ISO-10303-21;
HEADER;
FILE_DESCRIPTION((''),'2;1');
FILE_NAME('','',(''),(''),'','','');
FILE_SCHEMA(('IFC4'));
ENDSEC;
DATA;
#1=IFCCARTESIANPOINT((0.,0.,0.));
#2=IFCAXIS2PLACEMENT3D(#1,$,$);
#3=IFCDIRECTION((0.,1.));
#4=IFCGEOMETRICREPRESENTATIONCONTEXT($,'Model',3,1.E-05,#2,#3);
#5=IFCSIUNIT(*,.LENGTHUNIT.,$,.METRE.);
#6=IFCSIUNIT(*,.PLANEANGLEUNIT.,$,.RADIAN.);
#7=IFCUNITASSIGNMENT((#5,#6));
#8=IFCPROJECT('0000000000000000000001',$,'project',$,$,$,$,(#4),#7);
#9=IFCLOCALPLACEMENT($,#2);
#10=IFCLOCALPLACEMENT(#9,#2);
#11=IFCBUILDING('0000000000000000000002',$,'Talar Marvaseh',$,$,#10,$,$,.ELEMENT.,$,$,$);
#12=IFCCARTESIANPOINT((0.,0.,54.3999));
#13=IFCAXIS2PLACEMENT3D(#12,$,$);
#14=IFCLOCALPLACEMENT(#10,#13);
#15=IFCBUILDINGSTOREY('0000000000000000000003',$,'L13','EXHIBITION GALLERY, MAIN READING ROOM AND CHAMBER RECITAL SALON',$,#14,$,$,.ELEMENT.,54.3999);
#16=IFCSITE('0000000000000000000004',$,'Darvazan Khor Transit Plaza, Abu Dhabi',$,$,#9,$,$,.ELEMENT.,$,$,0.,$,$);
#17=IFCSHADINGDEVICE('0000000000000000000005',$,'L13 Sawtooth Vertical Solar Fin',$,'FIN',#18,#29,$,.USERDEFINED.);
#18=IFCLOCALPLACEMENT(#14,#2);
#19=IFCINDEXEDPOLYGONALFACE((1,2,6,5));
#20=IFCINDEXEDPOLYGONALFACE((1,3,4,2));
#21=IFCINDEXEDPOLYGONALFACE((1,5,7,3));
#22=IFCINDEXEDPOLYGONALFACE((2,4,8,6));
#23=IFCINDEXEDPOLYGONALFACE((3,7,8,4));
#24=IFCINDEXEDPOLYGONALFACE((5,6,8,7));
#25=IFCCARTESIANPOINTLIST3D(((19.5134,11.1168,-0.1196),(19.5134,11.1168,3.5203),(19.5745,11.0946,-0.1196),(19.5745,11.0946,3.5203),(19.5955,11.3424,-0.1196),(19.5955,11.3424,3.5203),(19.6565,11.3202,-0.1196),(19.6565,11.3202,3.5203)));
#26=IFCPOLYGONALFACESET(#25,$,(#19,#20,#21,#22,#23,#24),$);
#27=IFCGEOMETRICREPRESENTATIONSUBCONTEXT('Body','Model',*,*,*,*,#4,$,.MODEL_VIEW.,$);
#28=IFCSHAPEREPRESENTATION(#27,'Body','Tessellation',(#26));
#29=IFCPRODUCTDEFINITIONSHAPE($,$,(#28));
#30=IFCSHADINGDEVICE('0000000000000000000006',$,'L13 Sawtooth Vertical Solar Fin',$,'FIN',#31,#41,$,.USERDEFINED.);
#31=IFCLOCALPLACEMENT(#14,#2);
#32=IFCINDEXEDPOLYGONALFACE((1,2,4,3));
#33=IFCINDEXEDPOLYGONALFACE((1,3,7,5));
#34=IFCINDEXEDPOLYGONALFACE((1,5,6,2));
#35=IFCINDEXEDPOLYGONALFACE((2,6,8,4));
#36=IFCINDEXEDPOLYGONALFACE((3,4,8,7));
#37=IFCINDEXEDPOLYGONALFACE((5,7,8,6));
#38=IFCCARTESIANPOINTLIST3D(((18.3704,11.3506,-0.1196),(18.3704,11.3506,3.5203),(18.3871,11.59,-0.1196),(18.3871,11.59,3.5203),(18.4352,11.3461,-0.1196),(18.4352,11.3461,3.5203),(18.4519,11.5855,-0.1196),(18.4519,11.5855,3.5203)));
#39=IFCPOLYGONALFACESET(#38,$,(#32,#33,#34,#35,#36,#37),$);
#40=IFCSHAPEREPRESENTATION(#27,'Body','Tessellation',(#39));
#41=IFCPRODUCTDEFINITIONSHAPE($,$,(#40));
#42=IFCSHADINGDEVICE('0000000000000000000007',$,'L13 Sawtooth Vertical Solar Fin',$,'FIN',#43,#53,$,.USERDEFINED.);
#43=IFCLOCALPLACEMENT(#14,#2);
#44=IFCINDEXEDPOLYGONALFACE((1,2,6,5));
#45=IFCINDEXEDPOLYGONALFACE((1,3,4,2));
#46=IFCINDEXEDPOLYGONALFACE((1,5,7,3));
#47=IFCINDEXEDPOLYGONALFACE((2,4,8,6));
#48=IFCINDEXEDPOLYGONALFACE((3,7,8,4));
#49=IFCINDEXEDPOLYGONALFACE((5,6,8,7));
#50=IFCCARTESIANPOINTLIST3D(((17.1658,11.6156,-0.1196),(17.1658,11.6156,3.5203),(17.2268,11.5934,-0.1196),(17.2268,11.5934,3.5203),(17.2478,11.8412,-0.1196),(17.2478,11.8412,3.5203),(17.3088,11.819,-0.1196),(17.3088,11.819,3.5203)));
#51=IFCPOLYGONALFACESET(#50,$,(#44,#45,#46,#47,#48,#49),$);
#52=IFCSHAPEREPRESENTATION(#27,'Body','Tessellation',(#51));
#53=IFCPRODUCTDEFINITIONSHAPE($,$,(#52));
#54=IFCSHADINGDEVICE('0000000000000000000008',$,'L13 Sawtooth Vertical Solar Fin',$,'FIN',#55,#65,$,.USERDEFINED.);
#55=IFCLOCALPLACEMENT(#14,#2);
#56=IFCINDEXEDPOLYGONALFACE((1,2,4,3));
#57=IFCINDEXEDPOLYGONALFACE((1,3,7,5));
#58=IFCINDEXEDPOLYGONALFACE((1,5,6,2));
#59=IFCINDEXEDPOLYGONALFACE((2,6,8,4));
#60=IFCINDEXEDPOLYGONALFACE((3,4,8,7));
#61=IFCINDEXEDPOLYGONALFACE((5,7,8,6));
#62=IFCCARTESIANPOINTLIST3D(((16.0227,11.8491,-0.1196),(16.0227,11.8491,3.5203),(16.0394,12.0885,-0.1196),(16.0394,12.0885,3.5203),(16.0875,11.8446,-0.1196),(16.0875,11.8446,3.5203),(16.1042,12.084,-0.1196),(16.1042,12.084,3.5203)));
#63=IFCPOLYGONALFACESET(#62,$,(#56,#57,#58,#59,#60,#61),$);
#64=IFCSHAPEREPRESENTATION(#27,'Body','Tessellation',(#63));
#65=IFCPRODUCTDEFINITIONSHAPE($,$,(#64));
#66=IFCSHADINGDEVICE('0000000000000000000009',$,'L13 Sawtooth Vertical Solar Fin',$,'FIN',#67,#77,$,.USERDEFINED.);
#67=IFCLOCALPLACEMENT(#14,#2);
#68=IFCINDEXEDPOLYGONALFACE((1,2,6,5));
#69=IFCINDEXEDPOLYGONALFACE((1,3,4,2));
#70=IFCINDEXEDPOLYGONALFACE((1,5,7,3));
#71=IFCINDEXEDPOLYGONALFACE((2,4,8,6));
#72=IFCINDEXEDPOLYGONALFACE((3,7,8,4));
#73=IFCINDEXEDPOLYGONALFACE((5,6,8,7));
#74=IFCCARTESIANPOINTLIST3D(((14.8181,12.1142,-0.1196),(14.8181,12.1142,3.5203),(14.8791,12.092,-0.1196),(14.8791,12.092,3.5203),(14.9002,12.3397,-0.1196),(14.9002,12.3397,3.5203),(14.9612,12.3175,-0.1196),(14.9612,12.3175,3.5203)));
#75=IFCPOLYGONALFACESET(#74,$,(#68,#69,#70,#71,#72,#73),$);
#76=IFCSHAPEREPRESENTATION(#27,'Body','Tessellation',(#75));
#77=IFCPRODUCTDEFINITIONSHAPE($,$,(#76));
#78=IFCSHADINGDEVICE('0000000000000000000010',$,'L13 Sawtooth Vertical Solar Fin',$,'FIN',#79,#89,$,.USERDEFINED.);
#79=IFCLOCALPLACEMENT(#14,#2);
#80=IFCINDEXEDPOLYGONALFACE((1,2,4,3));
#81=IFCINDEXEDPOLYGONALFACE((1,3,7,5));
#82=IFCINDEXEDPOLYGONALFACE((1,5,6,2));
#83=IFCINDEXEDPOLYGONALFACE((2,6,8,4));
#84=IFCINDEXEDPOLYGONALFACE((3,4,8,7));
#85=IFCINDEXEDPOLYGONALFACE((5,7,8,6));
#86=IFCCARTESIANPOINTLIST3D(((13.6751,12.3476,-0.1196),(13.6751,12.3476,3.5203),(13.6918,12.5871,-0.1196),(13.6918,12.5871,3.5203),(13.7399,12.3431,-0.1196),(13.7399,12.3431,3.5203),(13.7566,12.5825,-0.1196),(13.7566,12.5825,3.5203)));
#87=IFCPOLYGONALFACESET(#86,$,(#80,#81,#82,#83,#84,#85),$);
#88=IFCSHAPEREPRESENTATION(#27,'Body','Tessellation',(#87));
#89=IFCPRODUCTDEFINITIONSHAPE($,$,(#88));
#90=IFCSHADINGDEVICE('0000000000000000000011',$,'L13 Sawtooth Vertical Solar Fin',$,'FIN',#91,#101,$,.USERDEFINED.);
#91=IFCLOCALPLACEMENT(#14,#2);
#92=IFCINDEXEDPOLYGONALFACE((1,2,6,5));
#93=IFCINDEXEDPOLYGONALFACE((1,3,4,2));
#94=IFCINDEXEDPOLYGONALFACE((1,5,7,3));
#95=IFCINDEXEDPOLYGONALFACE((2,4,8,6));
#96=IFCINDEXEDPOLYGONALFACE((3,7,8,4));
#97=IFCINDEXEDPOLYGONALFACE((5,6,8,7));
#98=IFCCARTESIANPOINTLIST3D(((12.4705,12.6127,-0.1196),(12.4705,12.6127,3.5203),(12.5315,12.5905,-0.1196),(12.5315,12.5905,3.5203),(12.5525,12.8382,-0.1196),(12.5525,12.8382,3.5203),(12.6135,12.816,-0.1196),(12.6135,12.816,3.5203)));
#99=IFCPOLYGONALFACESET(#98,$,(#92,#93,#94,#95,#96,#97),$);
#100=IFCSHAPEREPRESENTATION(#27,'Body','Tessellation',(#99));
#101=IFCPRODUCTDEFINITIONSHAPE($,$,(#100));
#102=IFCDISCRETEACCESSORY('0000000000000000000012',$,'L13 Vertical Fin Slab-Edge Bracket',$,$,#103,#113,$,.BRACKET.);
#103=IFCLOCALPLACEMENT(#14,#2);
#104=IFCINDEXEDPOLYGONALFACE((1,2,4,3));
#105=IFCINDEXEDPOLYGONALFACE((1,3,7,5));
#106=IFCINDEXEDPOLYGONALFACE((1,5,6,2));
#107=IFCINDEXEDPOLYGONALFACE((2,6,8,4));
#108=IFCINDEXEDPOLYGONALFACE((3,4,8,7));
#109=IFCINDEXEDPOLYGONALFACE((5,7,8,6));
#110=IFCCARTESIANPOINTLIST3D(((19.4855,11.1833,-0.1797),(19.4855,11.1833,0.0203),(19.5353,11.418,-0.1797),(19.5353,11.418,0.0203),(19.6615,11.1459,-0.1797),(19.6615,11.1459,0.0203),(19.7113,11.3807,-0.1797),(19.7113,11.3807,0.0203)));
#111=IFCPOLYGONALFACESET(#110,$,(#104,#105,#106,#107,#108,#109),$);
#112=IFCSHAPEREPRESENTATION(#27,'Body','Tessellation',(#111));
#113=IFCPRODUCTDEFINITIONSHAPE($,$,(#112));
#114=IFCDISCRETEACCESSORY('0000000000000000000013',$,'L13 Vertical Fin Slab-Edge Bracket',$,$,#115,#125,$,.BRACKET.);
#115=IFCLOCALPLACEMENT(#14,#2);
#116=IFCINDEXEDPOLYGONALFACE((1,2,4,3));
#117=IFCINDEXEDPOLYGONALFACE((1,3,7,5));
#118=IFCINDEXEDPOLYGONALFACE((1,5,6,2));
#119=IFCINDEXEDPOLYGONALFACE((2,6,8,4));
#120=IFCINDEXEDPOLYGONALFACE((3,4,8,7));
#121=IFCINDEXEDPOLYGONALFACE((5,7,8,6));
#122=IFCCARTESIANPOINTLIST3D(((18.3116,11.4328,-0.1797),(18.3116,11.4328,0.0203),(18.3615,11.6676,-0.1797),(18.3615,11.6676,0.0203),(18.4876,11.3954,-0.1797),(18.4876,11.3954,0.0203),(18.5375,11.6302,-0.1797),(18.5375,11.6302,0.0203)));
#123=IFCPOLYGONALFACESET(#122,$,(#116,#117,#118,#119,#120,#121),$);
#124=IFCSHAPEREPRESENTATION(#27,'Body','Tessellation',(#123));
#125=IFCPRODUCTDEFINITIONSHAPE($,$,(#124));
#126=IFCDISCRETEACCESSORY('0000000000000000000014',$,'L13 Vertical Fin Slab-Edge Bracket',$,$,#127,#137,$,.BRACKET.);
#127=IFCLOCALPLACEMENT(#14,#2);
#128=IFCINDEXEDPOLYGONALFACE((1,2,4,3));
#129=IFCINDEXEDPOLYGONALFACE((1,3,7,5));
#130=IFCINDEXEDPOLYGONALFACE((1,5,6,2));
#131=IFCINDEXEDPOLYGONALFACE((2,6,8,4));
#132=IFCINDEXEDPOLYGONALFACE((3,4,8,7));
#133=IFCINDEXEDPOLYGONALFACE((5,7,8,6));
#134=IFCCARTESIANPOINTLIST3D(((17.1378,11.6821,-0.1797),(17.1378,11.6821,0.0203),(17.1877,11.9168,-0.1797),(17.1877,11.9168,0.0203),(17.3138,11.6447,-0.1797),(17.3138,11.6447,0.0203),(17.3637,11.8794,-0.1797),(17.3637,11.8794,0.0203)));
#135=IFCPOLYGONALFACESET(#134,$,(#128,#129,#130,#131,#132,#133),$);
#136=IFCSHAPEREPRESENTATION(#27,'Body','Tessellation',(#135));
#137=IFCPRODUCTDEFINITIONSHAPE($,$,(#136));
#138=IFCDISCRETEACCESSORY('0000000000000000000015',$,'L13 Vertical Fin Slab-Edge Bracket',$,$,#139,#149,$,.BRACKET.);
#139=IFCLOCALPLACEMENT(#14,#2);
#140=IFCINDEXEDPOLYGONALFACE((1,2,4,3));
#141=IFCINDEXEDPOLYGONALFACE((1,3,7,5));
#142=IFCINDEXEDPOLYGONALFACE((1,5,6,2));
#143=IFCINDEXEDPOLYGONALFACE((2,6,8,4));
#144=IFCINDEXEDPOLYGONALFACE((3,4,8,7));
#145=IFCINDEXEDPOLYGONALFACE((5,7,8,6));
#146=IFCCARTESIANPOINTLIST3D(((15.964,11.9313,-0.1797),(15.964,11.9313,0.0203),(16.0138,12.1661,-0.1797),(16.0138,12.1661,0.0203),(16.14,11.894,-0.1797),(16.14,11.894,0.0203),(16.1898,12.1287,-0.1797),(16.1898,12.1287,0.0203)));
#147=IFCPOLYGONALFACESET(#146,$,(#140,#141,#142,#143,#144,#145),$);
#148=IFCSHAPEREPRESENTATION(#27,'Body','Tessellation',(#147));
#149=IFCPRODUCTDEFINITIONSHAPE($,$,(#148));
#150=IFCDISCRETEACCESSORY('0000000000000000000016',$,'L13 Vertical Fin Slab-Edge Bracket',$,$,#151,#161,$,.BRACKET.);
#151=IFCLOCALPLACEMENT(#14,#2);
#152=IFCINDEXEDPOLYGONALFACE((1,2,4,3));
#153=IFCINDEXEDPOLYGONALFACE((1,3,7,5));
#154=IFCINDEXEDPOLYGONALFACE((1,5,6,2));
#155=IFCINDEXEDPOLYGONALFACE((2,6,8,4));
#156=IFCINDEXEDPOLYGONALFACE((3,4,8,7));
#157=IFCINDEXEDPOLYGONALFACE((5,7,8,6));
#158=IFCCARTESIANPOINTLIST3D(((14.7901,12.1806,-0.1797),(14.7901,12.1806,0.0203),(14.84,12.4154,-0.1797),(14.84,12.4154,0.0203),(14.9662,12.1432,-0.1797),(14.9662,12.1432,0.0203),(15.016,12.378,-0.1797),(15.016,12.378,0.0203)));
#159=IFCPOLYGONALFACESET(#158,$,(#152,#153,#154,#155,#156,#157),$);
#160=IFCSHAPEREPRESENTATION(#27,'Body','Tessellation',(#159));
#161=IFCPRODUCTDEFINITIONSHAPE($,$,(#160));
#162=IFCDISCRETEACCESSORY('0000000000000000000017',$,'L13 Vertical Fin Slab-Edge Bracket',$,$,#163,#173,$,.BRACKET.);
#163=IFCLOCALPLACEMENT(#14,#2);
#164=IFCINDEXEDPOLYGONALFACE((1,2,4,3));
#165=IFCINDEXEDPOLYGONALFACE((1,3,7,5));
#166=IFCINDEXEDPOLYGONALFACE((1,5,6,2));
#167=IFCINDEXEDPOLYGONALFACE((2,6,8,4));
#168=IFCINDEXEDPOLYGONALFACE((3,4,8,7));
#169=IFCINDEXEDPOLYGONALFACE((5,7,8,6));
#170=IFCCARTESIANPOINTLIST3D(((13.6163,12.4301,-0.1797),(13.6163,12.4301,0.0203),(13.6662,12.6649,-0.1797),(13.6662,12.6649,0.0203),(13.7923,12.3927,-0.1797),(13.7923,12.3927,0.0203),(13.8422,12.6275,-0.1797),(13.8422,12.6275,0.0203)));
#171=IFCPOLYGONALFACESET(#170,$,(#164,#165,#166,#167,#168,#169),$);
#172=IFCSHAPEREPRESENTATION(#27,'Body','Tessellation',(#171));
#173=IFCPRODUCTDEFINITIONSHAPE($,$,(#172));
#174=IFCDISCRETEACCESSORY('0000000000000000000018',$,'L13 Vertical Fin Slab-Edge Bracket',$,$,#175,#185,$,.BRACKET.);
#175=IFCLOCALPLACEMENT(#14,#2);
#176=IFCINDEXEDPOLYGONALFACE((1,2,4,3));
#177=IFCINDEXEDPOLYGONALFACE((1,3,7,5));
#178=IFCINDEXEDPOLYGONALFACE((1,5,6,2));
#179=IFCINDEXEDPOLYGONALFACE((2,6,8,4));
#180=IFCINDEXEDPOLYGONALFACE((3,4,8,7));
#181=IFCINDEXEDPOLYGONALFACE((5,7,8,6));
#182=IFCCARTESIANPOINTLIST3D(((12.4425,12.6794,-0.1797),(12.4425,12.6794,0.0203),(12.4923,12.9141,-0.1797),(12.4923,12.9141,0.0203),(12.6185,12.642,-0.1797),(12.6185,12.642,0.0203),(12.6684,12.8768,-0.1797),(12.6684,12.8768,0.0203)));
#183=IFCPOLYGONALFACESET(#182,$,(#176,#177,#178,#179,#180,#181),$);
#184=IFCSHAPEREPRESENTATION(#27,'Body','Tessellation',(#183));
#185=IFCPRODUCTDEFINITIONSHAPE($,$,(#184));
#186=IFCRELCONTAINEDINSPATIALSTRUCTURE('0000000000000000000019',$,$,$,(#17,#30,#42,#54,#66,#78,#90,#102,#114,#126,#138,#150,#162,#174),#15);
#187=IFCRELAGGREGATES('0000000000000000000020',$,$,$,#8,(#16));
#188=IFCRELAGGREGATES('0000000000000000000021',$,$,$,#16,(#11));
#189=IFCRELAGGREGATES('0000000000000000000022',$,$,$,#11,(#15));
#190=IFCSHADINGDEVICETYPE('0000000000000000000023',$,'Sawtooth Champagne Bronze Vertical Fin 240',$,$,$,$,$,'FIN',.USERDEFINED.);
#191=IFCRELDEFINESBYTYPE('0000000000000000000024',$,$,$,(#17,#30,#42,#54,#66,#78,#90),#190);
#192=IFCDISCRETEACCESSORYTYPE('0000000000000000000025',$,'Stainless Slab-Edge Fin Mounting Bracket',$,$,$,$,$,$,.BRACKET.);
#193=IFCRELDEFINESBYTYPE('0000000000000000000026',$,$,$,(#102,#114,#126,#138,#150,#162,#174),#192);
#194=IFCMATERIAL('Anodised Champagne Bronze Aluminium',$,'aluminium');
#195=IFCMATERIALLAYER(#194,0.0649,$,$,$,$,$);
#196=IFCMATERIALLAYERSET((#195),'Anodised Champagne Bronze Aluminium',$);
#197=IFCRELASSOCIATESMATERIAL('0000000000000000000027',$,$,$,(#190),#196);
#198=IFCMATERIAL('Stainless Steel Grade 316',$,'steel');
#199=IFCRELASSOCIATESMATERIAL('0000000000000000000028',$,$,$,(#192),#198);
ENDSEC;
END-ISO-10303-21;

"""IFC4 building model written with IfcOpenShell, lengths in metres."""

from ifc_helpers import new_model, si_unit, direction, frame, origin, origin_2d, place, context, subcontext, project, spatial, rectangle, extrude, source, transform, mapped, material, layer, layer_set, type_object, type_shapes, element, save


model = new_model("IFC4")

# Units and contexts
model_context = context("Model", 3, precision=1e-05, world=origin(), true_north=direction((0.0, 1.0)))
body_context = subcontext(model_context, "Body", "Model", "MODEL_VIEW")
ifc_project = project(units=[si_unit("LENGTHUNIT", "METRE"), si_unit("PLANEANGLEUNIT", "RADIAN")], contexts=[model_context])

# Site, building, storey
site_placement = place(None, origin())
site = spatial("IfcSite", under=ifc_project, at=site_placement, Name="Darvazan Khor Transit Plaza, Abu Dhabi", CompositionType="ELEMENT", RefElevation=0.0)
building_placement = place(site_placement, origin())
building = spatial("IfcBuilding", under=site, at=building_placement, Name="Talar Marvaseh", CompositionType="ELEMENT")
storey_placement = place(building_placement, frame((0.0, 0.0, 54.3999)))
storey = spatial("IfcBuildingStorey", under=building, at=storey_placement, Name="L13", Description="EXHIBITION GALLERY, MAIN READING ROOM AND CHAMBER RECITAL SALON", CompositionType="ELEMENT", Elevation=54.3999)

# Shading devices
ifc_material_1 = material(Name="Anodised Champagne Bronze Aluminium", Category="aluminium")
ifc_layer_1 = layer(ifc_material_1, 0.0649)
ifc_layer_set_1 = layer_set([ifc_layer_1], Name="Anodised Champagne Bronze Aluminium")
shading_device_type = type_object("IfcShadingDeviceType", Name="Sawtooth Champagne Bronze Vertical Fin 240", ElementType="FIN", PredefinedType="USERDEFINED", material=ifc_layer_set_1)
shared_shape_1 = source(origin(), body_context, "Body", "SweptSolid", [
    extrude(rectangle(XDim=0.24, YDim=0.0649, at=origin_2d()), origin(), (0.0, 0.0, 1.0), 3.6399),
])
type_shapes(shading_device_type, [shared_shape_1])
for number, where, z_axis, x_axis, name in (
    (1, (19.585, 11.2185, -0.1196), (0.0, 0.0, 1.0), (-0.341856, -0.939752, 0.0), "L13 Sawtooth Vertical Solar Fin"),
    (2, (18.4111, 11.468, -0.1196), (0.0, 0.0, 1.0), (-0.069582, -0.997576, 0.0), "L13 Sawtooth Vertical Solar Fin"),
    (3, (17.2373, 11.7173, -0.1196), (0.0, 0.0, 1.0), (-0.341856, -0.939752, 0.0), "L13 Sawtooth Vertical Solar Fin"),
    (4, (16.0635, 11.9666, -0.1196), (0.0, 0.0, 1.0), (-0.069582, -0.997576, 0.0), "L13 Sawtooth Vertical Solar Fin"),
    (5, (14.8896, 12.2158, -0.1196), (0.0, 0.0, 1.0), (-0.341856, -0.939752, 0.0), "L13 Sawtooth Vertical Solar Fin"),
    (6, (13.7158, 12.4651, -0.1196), (0.0, 0.0, 1.0), (-0.069582, -0.997576, 0.0), "L13 Sawtooth Vertical Solar Fin"),
    (7, (12.542, 12.7144, -0.1196), (0.0, 0.0, 1.0), (-0.341856, -0.939752, 0.0), "L13 Sawtooth Vertical Solar Fin"),
):
    element("IfcShadingDevice", number, at=place(storey_placement, frame(where, z_axis=z_axis, x_axis=x_axis)), inside=storey, type_object=shading_device_type, Name=name, ObjectType="FIN", PredefinedType="USERDEFINED", context=body_context, shape_type="MappedRepresentation", body=[
        mapped(shared_shape_1, transform((0.0, 0.0, 0.0), x_axis=(1.0, 0.0, 0.0), y_axis=(0.0, 1.0, 0.0), z_axis=(0.0, 0.0, 1.0), scale=1.0)),
    ])

# Discrete accessories
ifc_material_2 = material(Name="Stainless Steel Grade 316", Category="steel")
discrete_accessory_type = type_object("IfcDiscreteAccessoryType", Name="Stainless Slab-Edge Fin Mounting Bracket", PredefinedType="BRACKET", material=ifc_material_2)
shared_shape_2 = source(origin(), body_context, "Body", "SweptSolid", [
    extrude(rectangle(XDim=0.24, YDim=0.1799, at=origin_2d()), origin(), (0.0, 0.0, 1.0), 0.2),
])
type_shapes(discrete_accessory_type, [shared_shape_2])
for number, where, z_axis, x_axis, name in (
    (8, (19.5984, 11.282, -0.1797), (0.0, 0.0, 1.0), (-0.207741, -0.978184, 0.0), "L13 Vertical Fin Slab-Edge Bracket"),
    (9, (18.4246, 11.5315, -0.1797), (0.0, 0.0, 1.0), (-0.207741, -0.978184, 0.0), "L13 Vertical Fin Slab-Edge Bracket"),
    (10, (17.2507, 11.7808, -0.1797), (0.0, 0.0, 1.0), (-0.207741, -0.978184, 0.0), "L13 Vertical Fin Slab-Edge Bracket"),
    (11, (16.0769, 12.03, -0.1797), (0.0, 0.0, 1.0), (-0.207741, -0.978184, 0.0), "L13 Vertical Fin Slab-Edge Bracket"),
    (12, (14.9031, 12.2793, -0.1797), (0.0, 0.0, 1.0), (-0.207741, -0.978184, 0.0), "L13 Vertical Fin Slab-Edge Bracket"),
    (13, (13.7292, 12.5288, -0.1797), (0.0, 0.0, 1.0), (-0.207741, -0.978184, 0.0), "L13 Vertical Fin Slab-Edge Bracket"),
    (14, (12.5554, 12.7781, -0.1797), (0.0, 0.0, 1.0), (-0.207741, -0.978184, 0.0), "L13 Vertical Fin Slab-Edge Bracket"),
):
    element("IfcDiscreteAccessory", number, at=place(storey_placement, frame(where, z_axis=z_axis, x_axis=x_axis)), inside=storey, type_object=discrete_accessory_type, Name=name, PredefinedType="BRACKET", context=body_context, shape_type="MappedRepresentation", body=[
        mapped(shared_shape_2, transform((0.0, 0.0, 0.0), x_axis=(1.0, 0.0, 0.0), y_axis=(0.0, 1.0, 0.0), z_axis=(0.0, 0.0, 1.0), scale=1.0)),
    ])

save(model, "model.ifc")
